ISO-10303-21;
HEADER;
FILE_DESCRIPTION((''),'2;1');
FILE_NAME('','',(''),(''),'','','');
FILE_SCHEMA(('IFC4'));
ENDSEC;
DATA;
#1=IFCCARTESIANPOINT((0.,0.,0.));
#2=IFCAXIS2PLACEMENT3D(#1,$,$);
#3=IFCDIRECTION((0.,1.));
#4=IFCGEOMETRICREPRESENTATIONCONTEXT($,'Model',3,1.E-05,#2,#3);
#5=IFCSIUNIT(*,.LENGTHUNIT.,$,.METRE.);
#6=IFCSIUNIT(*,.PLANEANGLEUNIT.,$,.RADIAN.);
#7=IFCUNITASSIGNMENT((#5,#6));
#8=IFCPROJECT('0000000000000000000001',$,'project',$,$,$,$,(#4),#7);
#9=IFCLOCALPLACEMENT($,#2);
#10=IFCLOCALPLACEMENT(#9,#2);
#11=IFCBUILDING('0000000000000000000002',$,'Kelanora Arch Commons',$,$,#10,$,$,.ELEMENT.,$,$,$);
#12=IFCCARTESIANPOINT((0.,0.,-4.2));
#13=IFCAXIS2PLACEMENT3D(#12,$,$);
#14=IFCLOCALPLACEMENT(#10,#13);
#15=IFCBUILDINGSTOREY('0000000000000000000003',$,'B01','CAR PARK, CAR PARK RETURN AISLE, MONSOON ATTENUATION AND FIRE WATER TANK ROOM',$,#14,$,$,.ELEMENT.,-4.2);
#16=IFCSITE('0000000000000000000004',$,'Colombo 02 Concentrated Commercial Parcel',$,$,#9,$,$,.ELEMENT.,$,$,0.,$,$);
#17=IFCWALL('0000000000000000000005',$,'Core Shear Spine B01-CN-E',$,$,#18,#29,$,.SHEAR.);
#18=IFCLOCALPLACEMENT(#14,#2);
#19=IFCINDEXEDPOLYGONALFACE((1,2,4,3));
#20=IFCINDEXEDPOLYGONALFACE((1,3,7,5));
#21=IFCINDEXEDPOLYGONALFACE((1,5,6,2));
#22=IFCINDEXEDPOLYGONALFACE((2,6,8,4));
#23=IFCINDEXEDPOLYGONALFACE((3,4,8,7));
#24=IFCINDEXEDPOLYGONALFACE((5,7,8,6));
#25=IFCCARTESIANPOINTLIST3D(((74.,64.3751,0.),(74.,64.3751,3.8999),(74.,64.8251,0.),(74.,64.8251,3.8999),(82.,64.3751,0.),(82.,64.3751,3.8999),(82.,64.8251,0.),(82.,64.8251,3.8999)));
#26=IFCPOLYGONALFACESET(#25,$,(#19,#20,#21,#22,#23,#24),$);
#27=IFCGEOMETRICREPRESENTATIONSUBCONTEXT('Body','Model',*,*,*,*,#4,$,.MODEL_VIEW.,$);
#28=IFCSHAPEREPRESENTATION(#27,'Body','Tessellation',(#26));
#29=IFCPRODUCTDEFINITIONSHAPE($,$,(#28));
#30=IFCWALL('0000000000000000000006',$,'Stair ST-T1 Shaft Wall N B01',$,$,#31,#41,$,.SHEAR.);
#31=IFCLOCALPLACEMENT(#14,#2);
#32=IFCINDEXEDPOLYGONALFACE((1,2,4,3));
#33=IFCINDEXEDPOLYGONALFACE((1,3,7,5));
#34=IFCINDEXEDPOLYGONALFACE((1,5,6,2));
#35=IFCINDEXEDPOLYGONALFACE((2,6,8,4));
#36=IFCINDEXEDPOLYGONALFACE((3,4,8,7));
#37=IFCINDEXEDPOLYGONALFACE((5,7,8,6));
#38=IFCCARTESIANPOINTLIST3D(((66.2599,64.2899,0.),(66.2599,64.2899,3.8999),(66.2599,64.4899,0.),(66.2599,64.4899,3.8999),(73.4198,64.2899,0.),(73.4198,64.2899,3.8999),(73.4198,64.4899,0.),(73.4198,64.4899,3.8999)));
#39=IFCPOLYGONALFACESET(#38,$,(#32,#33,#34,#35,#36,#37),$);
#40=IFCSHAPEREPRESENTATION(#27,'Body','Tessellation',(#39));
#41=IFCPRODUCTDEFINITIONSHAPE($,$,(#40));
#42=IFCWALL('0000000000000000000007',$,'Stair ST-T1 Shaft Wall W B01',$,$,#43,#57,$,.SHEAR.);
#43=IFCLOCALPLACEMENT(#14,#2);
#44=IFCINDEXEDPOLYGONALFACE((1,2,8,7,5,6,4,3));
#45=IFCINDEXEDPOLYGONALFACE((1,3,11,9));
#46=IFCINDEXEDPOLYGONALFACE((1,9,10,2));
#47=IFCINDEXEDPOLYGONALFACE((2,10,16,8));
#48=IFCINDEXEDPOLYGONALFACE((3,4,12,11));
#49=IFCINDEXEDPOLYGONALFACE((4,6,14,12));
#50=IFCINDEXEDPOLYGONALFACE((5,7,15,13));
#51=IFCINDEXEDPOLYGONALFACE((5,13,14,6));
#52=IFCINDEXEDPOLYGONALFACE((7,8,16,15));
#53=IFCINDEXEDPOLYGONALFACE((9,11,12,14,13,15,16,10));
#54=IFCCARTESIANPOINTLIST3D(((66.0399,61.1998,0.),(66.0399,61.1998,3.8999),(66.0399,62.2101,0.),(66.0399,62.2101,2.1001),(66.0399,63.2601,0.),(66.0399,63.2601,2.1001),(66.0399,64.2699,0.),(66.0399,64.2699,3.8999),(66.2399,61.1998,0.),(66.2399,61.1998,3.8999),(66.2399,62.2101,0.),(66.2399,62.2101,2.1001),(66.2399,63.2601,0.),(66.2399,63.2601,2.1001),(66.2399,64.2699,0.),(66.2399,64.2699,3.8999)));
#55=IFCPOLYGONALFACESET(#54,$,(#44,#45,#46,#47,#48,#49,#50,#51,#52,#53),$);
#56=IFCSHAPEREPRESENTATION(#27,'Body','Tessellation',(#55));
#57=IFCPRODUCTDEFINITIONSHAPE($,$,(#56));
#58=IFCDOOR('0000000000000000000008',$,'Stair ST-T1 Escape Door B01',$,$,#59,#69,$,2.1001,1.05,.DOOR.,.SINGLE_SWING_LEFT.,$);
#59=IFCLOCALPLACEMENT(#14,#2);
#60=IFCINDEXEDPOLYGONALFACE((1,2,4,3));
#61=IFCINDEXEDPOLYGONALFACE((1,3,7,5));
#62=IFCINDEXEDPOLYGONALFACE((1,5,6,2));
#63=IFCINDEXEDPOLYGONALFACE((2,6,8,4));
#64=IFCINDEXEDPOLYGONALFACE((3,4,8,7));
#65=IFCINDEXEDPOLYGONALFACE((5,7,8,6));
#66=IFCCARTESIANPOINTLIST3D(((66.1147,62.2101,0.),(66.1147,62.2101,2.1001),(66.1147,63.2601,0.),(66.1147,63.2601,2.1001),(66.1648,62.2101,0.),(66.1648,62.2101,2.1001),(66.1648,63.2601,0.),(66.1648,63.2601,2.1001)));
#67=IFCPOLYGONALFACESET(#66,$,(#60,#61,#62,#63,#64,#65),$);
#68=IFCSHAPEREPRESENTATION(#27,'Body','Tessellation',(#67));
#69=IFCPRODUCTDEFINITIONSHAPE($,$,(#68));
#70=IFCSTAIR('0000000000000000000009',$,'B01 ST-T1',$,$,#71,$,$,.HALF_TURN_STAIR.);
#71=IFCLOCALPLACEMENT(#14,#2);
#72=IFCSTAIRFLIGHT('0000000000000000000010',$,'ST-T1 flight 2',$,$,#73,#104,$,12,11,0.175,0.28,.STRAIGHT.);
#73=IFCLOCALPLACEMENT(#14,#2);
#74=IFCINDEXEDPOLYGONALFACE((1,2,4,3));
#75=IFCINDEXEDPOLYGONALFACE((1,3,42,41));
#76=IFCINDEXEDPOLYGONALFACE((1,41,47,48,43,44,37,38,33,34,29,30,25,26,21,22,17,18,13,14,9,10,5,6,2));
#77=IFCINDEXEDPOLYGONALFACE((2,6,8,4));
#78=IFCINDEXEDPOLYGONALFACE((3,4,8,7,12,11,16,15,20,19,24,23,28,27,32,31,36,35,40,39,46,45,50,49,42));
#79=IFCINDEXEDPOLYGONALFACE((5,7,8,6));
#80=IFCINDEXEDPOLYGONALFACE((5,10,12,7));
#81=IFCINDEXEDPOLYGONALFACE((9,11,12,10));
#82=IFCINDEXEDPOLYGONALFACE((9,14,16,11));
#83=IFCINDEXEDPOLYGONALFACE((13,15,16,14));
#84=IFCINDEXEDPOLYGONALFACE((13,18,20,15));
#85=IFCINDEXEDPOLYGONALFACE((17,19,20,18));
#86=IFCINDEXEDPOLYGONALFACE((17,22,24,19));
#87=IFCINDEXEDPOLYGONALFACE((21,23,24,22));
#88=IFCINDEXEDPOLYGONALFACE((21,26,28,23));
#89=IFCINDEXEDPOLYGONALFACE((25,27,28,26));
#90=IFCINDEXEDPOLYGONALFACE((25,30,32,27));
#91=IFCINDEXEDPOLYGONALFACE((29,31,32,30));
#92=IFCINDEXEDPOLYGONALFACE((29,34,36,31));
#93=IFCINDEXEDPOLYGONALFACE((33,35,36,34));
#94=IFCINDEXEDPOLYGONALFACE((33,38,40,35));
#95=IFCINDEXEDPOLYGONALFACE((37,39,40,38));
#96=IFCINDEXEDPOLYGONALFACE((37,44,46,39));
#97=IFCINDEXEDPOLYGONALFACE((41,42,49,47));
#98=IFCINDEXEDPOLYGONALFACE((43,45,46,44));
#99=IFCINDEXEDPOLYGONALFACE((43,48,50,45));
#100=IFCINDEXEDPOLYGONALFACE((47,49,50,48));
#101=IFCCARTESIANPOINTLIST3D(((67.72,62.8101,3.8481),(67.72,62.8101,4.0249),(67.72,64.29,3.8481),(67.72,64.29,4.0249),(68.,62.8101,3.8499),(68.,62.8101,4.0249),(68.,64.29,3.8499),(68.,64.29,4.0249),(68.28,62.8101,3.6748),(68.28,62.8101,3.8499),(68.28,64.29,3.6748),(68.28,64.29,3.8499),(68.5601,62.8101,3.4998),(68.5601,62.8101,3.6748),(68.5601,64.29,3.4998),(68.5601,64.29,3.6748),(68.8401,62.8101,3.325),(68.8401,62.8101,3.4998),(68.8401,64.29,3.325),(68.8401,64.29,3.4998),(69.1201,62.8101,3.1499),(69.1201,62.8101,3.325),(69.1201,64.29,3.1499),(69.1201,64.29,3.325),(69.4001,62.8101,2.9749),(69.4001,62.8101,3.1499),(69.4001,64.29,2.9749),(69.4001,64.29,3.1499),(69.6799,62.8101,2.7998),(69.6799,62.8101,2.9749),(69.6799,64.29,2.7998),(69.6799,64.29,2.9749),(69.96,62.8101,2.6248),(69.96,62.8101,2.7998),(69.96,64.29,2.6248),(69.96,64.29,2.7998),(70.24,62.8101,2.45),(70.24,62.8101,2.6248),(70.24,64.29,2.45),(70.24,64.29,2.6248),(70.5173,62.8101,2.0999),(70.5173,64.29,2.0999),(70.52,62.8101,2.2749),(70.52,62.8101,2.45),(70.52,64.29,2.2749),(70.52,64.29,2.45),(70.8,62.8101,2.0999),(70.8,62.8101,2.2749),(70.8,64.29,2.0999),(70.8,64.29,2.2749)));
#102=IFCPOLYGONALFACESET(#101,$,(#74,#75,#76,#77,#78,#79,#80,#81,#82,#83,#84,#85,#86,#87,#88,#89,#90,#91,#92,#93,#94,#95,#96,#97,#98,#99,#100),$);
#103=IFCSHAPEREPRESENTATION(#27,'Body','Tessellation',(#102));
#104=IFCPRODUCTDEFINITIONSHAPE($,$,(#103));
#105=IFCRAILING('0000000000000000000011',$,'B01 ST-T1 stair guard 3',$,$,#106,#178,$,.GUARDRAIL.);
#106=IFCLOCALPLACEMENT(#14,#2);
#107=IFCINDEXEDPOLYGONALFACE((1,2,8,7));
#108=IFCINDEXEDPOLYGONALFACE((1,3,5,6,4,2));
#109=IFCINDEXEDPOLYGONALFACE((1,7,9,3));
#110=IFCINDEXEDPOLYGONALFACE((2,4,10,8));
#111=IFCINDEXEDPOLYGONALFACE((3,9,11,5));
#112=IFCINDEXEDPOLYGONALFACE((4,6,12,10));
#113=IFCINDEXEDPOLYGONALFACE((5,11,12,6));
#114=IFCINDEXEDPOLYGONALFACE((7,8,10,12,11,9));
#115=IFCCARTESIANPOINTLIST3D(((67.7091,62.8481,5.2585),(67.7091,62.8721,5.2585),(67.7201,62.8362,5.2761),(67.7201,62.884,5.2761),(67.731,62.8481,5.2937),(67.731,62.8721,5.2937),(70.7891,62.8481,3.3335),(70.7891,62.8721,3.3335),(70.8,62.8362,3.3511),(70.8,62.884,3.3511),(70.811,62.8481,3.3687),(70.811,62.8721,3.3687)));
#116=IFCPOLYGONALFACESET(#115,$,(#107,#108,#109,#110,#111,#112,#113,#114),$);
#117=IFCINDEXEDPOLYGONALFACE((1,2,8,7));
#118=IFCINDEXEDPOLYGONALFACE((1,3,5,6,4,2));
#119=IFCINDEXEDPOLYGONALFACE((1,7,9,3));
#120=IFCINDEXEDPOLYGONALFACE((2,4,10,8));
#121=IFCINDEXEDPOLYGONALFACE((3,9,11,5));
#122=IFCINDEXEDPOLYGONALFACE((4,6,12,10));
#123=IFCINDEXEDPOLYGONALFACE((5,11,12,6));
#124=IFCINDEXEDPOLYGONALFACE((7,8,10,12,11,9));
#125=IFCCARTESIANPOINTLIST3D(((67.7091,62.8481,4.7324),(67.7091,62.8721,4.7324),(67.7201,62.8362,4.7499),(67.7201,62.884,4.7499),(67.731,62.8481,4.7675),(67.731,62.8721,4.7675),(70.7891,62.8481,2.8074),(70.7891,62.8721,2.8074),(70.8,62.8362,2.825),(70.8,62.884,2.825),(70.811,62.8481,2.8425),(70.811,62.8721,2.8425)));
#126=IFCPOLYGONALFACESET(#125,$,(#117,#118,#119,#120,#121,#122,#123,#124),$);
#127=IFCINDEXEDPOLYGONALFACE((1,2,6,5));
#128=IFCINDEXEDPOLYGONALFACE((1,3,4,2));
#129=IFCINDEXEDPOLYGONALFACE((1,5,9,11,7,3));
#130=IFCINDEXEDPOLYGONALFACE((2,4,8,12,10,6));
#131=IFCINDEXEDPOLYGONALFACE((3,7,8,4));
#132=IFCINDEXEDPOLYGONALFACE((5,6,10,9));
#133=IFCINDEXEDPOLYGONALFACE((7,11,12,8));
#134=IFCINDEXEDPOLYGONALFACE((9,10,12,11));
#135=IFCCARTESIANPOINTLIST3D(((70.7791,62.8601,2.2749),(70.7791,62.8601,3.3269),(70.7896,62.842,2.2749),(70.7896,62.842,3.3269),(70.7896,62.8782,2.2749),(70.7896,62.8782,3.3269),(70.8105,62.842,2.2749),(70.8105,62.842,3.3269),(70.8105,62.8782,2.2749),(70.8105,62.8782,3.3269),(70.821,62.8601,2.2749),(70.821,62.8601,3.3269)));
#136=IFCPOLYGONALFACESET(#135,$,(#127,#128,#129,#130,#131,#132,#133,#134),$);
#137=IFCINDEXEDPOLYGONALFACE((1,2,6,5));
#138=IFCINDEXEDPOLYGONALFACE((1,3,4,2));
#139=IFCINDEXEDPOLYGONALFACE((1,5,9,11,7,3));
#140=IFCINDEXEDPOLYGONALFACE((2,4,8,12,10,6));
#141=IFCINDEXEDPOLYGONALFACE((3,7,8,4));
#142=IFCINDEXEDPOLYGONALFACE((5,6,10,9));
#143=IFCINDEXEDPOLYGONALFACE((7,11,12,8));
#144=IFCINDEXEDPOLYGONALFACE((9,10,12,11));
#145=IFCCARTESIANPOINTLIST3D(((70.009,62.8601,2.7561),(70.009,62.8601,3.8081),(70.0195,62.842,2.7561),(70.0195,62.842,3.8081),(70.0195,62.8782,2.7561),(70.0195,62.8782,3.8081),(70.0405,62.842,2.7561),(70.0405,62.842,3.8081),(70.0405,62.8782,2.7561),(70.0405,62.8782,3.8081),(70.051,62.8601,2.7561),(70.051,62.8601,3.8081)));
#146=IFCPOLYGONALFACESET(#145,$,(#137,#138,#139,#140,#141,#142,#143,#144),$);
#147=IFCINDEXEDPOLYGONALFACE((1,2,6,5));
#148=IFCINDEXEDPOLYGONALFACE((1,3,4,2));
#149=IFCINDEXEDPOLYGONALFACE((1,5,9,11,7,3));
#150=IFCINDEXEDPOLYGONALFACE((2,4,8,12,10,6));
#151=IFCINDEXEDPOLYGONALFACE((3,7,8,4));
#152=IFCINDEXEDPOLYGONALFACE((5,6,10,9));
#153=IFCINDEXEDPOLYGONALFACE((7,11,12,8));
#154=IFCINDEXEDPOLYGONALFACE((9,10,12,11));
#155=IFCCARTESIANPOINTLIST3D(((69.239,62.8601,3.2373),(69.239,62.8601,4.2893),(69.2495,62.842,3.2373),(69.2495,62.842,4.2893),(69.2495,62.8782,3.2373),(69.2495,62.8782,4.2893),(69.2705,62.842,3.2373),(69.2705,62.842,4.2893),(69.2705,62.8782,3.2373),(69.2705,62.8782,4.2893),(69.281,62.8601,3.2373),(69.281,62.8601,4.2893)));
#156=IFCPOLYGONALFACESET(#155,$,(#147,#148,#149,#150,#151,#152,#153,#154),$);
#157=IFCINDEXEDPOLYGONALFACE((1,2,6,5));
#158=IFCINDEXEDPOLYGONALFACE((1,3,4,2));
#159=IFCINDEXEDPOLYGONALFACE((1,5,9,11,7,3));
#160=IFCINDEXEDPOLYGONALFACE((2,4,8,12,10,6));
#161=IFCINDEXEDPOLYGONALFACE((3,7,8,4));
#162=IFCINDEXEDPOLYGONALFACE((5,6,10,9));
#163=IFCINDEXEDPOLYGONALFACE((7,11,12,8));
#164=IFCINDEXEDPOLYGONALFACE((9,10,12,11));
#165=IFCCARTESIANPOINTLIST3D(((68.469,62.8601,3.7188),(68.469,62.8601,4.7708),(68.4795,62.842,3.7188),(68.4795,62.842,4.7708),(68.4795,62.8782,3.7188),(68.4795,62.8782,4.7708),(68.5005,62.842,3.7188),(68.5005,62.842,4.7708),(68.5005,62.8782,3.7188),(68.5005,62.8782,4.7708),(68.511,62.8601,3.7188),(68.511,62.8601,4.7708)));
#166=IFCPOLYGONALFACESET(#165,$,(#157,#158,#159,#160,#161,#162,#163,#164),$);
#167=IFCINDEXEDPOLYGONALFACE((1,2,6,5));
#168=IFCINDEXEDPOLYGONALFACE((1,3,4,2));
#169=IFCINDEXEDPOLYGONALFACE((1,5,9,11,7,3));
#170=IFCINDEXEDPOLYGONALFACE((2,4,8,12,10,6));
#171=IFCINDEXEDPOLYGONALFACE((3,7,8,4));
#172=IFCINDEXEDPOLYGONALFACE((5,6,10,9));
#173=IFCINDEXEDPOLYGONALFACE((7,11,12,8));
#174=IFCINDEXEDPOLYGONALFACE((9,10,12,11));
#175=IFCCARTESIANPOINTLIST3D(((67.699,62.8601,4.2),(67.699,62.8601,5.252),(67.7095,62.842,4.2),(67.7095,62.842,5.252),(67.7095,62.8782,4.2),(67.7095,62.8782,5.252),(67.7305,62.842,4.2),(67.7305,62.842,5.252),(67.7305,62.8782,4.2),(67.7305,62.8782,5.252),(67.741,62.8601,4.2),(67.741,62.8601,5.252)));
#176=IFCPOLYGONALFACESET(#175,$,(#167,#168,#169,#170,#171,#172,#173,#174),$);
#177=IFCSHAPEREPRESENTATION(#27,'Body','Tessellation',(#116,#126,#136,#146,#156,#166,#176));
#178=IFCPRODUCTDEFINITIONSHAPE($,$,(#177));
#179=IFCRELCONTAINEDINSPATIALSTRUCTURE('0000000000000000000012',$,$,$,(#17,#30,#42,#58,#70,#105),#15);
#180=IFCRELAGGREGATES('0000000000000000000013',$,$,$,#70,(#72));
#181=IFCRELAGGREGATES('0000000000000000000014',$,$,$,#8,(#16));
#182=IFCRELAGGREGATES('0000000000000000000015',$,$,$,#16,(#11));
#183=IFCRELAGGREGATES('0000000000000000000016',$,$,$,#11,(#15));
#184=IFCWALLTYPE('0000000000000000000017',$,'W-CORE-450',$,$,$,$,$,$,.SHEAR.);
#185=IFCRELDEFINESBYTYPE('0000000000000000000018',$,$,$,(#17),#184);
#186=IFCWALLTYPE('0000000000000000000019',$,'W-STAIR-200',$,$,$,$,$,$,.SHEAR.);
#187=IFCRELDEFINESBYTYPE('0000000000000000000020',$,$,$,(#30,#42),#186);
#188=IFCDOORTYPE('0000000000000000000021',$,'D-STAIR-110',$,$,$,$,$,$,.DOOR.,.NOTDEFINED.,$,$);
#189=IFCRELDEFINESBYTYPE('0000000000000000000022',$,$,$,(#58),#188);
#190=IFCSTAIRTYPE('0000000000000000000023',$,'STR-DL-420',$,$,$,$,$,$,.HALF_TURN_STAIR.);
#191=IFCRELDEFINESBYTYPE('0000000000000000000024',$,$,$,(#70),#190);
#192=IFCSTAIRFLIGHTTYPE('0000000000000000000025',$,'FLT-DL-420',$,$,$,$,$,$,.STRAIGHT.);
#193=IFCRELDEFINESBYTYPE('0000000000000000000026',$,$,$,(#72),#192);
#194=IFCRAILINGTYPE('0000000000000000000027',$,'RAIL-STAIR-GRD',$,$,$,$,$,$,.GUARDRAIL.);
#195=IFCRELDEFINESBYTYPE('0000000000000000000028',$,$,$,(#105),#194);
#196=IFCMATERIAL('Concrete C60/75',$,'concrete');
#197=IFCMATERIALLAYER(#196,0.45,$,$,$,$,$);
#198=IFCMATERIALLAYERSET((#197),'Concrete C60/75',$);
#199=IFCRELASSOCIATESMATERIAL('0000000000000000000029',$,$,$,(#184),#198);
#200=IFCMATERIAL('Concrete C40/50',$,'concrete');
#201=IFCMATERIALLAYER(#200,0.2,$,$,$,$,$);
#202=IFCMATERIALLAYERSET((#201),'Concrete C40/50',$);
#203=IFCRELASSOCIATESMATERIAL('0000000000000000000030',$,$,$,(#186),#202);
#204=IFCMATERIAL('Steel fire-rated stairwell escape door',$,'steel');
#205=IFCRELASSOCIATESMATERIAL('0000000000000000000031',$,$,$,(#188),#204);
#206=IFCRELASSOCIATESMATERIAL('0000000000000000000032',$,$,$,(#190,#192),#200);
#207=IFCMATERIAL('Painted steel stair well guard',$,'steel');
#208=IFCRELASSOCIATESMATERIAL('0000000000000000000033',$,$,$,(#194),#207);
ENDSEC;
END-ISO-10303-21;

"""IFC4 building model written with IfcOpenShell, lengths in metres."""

from ifc_helpers import new_model, si_unit, direction, frame, frame_2d, origin, place, context, subcontext, project, spatial, polyline, rectangle, outline, extrude, material, layer, layer_set, type_object, element, fill, aggregate, save


model = new_model("IFC4")

# Units and contexts
model_context = context("Model", 3, precision=1e-05, world=origin(), true_north=direction((0.0, 1.0)))
body_context = subcontext(model_context, "Body", "Model", "MODEL_VIEW")
ifc_project = project(units=[si_unit("LENGTHUNIT", "METRE"), si_unit("PLANEANGLEUNIT", "RADIAN")], contexts=[model_context])

# Site, building, storey
site_placement = place(None, origin())
site = spatial("IfcSite", under=ifc_project, at=site_placement, Name="Colombo 02 Concentrated Commercial Parcel", CompositionType="ELEMENT", RefElevation=0.0)
building_placement = place(site_placement, origin())
building = spatial("IfcBuilding", under=site, at=building_placement, Name="Kelanora Arch Commons", CompositionType="ELEMENT")
storey_placement = place(building_placement, frame((0.0, 0.0, -4.2)))
storey = spatial("IfcBuildingStorey", under=building, at=storey_placement, Name="B01", Description="CAR PARK, CAR PARK RETURN AISLE, MONSOON ATTENUATION AND FIRE WATER TANK ROOM", CompositionType="ELEMENT", Elevation=-4.2)

# Shared definitions
ifc_material_1 = material(Name="Concrete C60/75", Category="concrete")

# Walls
ifc_layer_1 = layer(ifc_material_1, 0.45)
ifc_layer_set_1 = layer_set([ifc_layer_1], Name="Concrete C60/75")
wall_type_1 = type_object("IfcWallType", Name="W-CORE-450", PredefinedType="SHEAR", material=ifc_layer_set_1)
wall_1_placement = place(storey_placement, frame((74.0, 64.6001, 0.0), z_axis=(0.0, 0.0, 1.0), x_axis=(1.0, 0.0, 0.0)))
element("IfcWall", 1, at=wall_1_placement, inside=storey, type_object=wall_type_1, Name="Core Shear Spine B01-CN-E", PredefinedType="SHEAR", context=body_context, shape_type="SweptSolid", body=[
    extrude(rectangle(XDim=8.0, YDim=0.45, at=frame_2d((4.0, 0.0))), origin(), (0.0, 0.0, 1.0), 3.8999),
])
ifc_material_2 = material(Name="Concrete C40/50", Category="concrete")
ifc_layer_2 = layer(ifc_material_2, 0.2)
ifc_layer_set_2 = layer_set([ifc_layer_2], Name="Concrete C40/50")
wall_type_2 = type_object("IfcWallType", Name="W-STAIR-200", PredefinedType="SHEAR", material=ifc_layer_set_2)
wall_2_placement = place(storey_placement, frame((73.4199, 64.3899, 0.0), z_axis=(0.0, 0.0, 1.0), x_axis=(-1.0, 0.0, 0.0)))
element("IfcWall", 2, at=wall_2_placement, inside=storey, type_object=wall_type_2, Name="Stair ST-T1 Shaft Wall N B01", PredefinedType="SHEAR", context=body_context, shape_type="SweptSolid", body=[
    extrude(rectangle(XDim=7.1599, YDim=0.2, at=frame_2d((3.5801, 0.0))), origin(), (0.0, 0.0, 1.0), 3.8999),
])

# Wall, opening, door
wall_3_placement = place(storey_placement, frame((66.1399, 64.27, 0.0), z_axis=(0.0, 0.0, 1.0), x_axis=(0.0, -1.0, 0.0)))
wall_3 = element("IfcWall", 3, at=wall_3_placement, inside=storey, type_object=wall_type_2, Name="Stair ST-T1 Shaft Wall W B01", PredefinedType="SHEAR", context=body_context, shape_type="SweptSolid", body=[
    extrude(rectangle(XDim=3.0701, YDim=0.2, at=frame_2d((1.5352, 0.0))), origin(), (0.0, 0.0, 1.0), 3.8999),
])
opening_placement = place(wall_3_placement, frame((1.01, 0.0, 0.0)))
opening = element("IfcOpeningElement", 4, at=opening_placement, cuts=wall_3, PredefinedType="OPENING", context=body_context, shape_type="SweptSolid", body=[
    extrude(rectangle(XDim=1.05, YDim=2.1001, at=frame_2d((0.5249, 1.05))), frame((0.0, 0.1099, 0.0), z_axis=(0.0, -1.0, 0.0), x_axis=(1.0, 0.0, 0.0)), (0.0, 0.0, 1.0), 0.22),
])
ifc_material_3 = material(Name="Steel fire-rated stairwell escape door", Category="steel")
door_type = type_object("IfcDoorType", Name="D-STAIR-110", OperationType="NOTDEFINED", PredefinedType="DOOR", material=ifc_material_3)
door_placement = place(opening_placement, origin())
door = element("IfcDoor", 5, at=door_placement, inside=storey, type_object=door_type, Name="Stair ST-T1 Escape Door B01", OperationType="SINGLE_SWING_LEFT", OverallHeight=2.1001, OverallWidth=1.05, PredefinedType="DOOR", context=body_context, shape_type="SweptSolid", body=[
    extrude(rectangle(XDim=1.05, YDim=2.1001, at=frame_2d((0.5249, 1.05))), frame((0.0, 0.0249, 0.0), z_axis=(0.0, -1.0, 0.0), x_axis=(1.0, 0.0, 0.0)), (0.0, 0.0, 1.0), 0.05),
])
fill(opening, door)

# Stair, stair flight
stair_type = type_object("IfcStairType", Name="STR-DL-420", PredefinedType="HALF_TURN_STAIR", material=ifc_material_2)
stair_placement = place(storey_placement, origin())
stair = element("IfcStair", 6, at=stair_placement, inside=storey, type_object=stair_type, Name="B01 ST-T1", PredefinedType="HALF_TURN_STAIR")
stair_flight_type = type_object("IfcStairFlightType", Name="FLT-DL-420", PredefinedType="STRAIGHT", material=ifc_material_2)
stair_flight_placement = place(storey_placement, frame((70.8, 63.55, 2.0999), z_axis=(0.0, 0.0, 1.0), x_axis=(-1.0, 0.0, 0.0)))
stair_flight = element("IfcStairFlight", 7, at=stair_flight_placement, type_object=stair_flight_type, Name="ST-T1 flight 2", NumberOfRisers=12, NumberOfTreads=11, PredefinedType="STRAIGHT", RiserHeight=0.175, TreadLength=0.28, context=body_context, shape_type="SweptSolid", body=[
    extrude(outline(polyline([(0.0, 0.0), (0.0, 0.175), (0.28, 0.175), (0.28, 0.3501), (0.5601, 0.3501), (0.5601, 0.5249), (0.8401, 0.5249), (0.8401, 0.7), (1.1201, 0.7), (1.1201, 0.875), (1.3999, 0.875), (1.3999, 1.05), (1.6799, 1.05), (1.6799, 1.2251), (1.96, 1.2251), (1.96, 1.3999), (2.24, 1.3999), (2.24, 1.575), (2.52, 1.575), (2.52, 1.75), (2.8, 1.75), (2.8, 1.925), (3.0801, 1.925), (3.0801, 2.1001), (3.0801, 1.7483), (0.2827, 0.0), (0.0, 0.0)])), frame((0.0, 0.74, 0.0), z_axis=(0.0, -1.0, 0.0), x_axis=(1.0, 0.0, 0.0)), (0.0, 0.0, 1.0), 1.48),
])
aggregate(stair, [stair_flight])

# Railing
ifc_material_4 = material(Name="Painted steel stair well guard", Category="steel")
railing_type_1 = type_object("IfcRailingType", Name="RAIL-STAIR-GRD", PredefinedType="GUARDRAIL", material=ifc_material_4)
railing_1_placement = place(storey_placement, frame((70.8, 62.8601, 2.2749)))
element("IfcRailing", 8, at=railing_1_placement, inside=storey, type_object=railing_type_1, Name="B01 ST-T1 stair guard 3", PredefinedType="GUARDRAIL", context=body_context, shape_type="SweptSolid", body=[
    extrude(outline(polyline([(0.0239, 0.0), (0.012, 0.0208), (-0.012, 0.0208), (-0.0239, 0.0), (-0.012, -0.0208), (0.012, -0.0208), (0.0239, 0.0)])), frame((0.0, 0.0, 1.0762), z_axis=(-0.847998, 0.0, 0.529999), x_axis=(0.0, -1.0, 0.0)), (0.0, 0.0, 1.0), 3.6321),
    extrude(outline(polyline([(0.0239, 0.0), (0.012, 0.0208), (-0.012, 0.0208), (-0.0239, 0.0), (-0.012, -0.0208), (0.012, -0.0208), (0.0239, 0.0)])), frame((0.0, 0.0, 0.55), z_axis=(-0.847998, 0.0, 0.529999), x_axis=(0.0, -1.0, 0.0)), (0.0, 0.0, 1.0), 3.6321),
    extrude(outline(polyline([(0.021, 0.0), (0.0105, 0.0181), (-0.0105, 0.0181), (-0.021, 0.0), (-0.0105, -0.0181), (0.0105, -0.0181), (0.021, 0.0)])), origin(), (0.0, 0.0, 1.0), 1.052),
    extrude(outline(polyline([(0.021, 0.0), (0.0105, 0.0181), (-0.0105, 0.0181), (-0.021, 0.0), (-0.0105, -0.0181), (0.0105, -0.0181), (0.021, 0.0)])), frame((-0.77, 0.0, 0.4812)), (0.0, 0.0, 1.0), 1.052),
    extrude(outline(polyline([(0.021, 0.0), (0.0105, 0.0181), (-0.0105, 0.0181), (-0.021, 0.0), (-0.0105, -0.0181), (0.0105, -0.0181), (0.021, 0.0)])), frame((-1.54, 0.0, 0.9624)), (0.0, 0.0, 1.0), 1.052),
    extrude(outline(polyline([(0.021, 0.0), (0.0105, 0.0181), (-0.0105, 0.0181), (-0.021, 0.0), (-0.0105, -0.0181), (0.0105, -0.0181), (0.021, 0.0)])), frame((-2.3101, 0.0, 1.4438)), (0.0, 0.0, 1.0), 1.052),
    extrude(outline(polyline([(0.021, 0.0), (0.0105, 0.0181), (-0.0105, 0.0181), (-0.021, 0.0), (-0.0105, -0.0181), (0.0105, -0.0181), (0.021, 0.0)])), frame((-3.0801, 0.0, 1.925)), (0.0, 0.0, 1.0), 1.052),
])

save(model, "model.ifc")
